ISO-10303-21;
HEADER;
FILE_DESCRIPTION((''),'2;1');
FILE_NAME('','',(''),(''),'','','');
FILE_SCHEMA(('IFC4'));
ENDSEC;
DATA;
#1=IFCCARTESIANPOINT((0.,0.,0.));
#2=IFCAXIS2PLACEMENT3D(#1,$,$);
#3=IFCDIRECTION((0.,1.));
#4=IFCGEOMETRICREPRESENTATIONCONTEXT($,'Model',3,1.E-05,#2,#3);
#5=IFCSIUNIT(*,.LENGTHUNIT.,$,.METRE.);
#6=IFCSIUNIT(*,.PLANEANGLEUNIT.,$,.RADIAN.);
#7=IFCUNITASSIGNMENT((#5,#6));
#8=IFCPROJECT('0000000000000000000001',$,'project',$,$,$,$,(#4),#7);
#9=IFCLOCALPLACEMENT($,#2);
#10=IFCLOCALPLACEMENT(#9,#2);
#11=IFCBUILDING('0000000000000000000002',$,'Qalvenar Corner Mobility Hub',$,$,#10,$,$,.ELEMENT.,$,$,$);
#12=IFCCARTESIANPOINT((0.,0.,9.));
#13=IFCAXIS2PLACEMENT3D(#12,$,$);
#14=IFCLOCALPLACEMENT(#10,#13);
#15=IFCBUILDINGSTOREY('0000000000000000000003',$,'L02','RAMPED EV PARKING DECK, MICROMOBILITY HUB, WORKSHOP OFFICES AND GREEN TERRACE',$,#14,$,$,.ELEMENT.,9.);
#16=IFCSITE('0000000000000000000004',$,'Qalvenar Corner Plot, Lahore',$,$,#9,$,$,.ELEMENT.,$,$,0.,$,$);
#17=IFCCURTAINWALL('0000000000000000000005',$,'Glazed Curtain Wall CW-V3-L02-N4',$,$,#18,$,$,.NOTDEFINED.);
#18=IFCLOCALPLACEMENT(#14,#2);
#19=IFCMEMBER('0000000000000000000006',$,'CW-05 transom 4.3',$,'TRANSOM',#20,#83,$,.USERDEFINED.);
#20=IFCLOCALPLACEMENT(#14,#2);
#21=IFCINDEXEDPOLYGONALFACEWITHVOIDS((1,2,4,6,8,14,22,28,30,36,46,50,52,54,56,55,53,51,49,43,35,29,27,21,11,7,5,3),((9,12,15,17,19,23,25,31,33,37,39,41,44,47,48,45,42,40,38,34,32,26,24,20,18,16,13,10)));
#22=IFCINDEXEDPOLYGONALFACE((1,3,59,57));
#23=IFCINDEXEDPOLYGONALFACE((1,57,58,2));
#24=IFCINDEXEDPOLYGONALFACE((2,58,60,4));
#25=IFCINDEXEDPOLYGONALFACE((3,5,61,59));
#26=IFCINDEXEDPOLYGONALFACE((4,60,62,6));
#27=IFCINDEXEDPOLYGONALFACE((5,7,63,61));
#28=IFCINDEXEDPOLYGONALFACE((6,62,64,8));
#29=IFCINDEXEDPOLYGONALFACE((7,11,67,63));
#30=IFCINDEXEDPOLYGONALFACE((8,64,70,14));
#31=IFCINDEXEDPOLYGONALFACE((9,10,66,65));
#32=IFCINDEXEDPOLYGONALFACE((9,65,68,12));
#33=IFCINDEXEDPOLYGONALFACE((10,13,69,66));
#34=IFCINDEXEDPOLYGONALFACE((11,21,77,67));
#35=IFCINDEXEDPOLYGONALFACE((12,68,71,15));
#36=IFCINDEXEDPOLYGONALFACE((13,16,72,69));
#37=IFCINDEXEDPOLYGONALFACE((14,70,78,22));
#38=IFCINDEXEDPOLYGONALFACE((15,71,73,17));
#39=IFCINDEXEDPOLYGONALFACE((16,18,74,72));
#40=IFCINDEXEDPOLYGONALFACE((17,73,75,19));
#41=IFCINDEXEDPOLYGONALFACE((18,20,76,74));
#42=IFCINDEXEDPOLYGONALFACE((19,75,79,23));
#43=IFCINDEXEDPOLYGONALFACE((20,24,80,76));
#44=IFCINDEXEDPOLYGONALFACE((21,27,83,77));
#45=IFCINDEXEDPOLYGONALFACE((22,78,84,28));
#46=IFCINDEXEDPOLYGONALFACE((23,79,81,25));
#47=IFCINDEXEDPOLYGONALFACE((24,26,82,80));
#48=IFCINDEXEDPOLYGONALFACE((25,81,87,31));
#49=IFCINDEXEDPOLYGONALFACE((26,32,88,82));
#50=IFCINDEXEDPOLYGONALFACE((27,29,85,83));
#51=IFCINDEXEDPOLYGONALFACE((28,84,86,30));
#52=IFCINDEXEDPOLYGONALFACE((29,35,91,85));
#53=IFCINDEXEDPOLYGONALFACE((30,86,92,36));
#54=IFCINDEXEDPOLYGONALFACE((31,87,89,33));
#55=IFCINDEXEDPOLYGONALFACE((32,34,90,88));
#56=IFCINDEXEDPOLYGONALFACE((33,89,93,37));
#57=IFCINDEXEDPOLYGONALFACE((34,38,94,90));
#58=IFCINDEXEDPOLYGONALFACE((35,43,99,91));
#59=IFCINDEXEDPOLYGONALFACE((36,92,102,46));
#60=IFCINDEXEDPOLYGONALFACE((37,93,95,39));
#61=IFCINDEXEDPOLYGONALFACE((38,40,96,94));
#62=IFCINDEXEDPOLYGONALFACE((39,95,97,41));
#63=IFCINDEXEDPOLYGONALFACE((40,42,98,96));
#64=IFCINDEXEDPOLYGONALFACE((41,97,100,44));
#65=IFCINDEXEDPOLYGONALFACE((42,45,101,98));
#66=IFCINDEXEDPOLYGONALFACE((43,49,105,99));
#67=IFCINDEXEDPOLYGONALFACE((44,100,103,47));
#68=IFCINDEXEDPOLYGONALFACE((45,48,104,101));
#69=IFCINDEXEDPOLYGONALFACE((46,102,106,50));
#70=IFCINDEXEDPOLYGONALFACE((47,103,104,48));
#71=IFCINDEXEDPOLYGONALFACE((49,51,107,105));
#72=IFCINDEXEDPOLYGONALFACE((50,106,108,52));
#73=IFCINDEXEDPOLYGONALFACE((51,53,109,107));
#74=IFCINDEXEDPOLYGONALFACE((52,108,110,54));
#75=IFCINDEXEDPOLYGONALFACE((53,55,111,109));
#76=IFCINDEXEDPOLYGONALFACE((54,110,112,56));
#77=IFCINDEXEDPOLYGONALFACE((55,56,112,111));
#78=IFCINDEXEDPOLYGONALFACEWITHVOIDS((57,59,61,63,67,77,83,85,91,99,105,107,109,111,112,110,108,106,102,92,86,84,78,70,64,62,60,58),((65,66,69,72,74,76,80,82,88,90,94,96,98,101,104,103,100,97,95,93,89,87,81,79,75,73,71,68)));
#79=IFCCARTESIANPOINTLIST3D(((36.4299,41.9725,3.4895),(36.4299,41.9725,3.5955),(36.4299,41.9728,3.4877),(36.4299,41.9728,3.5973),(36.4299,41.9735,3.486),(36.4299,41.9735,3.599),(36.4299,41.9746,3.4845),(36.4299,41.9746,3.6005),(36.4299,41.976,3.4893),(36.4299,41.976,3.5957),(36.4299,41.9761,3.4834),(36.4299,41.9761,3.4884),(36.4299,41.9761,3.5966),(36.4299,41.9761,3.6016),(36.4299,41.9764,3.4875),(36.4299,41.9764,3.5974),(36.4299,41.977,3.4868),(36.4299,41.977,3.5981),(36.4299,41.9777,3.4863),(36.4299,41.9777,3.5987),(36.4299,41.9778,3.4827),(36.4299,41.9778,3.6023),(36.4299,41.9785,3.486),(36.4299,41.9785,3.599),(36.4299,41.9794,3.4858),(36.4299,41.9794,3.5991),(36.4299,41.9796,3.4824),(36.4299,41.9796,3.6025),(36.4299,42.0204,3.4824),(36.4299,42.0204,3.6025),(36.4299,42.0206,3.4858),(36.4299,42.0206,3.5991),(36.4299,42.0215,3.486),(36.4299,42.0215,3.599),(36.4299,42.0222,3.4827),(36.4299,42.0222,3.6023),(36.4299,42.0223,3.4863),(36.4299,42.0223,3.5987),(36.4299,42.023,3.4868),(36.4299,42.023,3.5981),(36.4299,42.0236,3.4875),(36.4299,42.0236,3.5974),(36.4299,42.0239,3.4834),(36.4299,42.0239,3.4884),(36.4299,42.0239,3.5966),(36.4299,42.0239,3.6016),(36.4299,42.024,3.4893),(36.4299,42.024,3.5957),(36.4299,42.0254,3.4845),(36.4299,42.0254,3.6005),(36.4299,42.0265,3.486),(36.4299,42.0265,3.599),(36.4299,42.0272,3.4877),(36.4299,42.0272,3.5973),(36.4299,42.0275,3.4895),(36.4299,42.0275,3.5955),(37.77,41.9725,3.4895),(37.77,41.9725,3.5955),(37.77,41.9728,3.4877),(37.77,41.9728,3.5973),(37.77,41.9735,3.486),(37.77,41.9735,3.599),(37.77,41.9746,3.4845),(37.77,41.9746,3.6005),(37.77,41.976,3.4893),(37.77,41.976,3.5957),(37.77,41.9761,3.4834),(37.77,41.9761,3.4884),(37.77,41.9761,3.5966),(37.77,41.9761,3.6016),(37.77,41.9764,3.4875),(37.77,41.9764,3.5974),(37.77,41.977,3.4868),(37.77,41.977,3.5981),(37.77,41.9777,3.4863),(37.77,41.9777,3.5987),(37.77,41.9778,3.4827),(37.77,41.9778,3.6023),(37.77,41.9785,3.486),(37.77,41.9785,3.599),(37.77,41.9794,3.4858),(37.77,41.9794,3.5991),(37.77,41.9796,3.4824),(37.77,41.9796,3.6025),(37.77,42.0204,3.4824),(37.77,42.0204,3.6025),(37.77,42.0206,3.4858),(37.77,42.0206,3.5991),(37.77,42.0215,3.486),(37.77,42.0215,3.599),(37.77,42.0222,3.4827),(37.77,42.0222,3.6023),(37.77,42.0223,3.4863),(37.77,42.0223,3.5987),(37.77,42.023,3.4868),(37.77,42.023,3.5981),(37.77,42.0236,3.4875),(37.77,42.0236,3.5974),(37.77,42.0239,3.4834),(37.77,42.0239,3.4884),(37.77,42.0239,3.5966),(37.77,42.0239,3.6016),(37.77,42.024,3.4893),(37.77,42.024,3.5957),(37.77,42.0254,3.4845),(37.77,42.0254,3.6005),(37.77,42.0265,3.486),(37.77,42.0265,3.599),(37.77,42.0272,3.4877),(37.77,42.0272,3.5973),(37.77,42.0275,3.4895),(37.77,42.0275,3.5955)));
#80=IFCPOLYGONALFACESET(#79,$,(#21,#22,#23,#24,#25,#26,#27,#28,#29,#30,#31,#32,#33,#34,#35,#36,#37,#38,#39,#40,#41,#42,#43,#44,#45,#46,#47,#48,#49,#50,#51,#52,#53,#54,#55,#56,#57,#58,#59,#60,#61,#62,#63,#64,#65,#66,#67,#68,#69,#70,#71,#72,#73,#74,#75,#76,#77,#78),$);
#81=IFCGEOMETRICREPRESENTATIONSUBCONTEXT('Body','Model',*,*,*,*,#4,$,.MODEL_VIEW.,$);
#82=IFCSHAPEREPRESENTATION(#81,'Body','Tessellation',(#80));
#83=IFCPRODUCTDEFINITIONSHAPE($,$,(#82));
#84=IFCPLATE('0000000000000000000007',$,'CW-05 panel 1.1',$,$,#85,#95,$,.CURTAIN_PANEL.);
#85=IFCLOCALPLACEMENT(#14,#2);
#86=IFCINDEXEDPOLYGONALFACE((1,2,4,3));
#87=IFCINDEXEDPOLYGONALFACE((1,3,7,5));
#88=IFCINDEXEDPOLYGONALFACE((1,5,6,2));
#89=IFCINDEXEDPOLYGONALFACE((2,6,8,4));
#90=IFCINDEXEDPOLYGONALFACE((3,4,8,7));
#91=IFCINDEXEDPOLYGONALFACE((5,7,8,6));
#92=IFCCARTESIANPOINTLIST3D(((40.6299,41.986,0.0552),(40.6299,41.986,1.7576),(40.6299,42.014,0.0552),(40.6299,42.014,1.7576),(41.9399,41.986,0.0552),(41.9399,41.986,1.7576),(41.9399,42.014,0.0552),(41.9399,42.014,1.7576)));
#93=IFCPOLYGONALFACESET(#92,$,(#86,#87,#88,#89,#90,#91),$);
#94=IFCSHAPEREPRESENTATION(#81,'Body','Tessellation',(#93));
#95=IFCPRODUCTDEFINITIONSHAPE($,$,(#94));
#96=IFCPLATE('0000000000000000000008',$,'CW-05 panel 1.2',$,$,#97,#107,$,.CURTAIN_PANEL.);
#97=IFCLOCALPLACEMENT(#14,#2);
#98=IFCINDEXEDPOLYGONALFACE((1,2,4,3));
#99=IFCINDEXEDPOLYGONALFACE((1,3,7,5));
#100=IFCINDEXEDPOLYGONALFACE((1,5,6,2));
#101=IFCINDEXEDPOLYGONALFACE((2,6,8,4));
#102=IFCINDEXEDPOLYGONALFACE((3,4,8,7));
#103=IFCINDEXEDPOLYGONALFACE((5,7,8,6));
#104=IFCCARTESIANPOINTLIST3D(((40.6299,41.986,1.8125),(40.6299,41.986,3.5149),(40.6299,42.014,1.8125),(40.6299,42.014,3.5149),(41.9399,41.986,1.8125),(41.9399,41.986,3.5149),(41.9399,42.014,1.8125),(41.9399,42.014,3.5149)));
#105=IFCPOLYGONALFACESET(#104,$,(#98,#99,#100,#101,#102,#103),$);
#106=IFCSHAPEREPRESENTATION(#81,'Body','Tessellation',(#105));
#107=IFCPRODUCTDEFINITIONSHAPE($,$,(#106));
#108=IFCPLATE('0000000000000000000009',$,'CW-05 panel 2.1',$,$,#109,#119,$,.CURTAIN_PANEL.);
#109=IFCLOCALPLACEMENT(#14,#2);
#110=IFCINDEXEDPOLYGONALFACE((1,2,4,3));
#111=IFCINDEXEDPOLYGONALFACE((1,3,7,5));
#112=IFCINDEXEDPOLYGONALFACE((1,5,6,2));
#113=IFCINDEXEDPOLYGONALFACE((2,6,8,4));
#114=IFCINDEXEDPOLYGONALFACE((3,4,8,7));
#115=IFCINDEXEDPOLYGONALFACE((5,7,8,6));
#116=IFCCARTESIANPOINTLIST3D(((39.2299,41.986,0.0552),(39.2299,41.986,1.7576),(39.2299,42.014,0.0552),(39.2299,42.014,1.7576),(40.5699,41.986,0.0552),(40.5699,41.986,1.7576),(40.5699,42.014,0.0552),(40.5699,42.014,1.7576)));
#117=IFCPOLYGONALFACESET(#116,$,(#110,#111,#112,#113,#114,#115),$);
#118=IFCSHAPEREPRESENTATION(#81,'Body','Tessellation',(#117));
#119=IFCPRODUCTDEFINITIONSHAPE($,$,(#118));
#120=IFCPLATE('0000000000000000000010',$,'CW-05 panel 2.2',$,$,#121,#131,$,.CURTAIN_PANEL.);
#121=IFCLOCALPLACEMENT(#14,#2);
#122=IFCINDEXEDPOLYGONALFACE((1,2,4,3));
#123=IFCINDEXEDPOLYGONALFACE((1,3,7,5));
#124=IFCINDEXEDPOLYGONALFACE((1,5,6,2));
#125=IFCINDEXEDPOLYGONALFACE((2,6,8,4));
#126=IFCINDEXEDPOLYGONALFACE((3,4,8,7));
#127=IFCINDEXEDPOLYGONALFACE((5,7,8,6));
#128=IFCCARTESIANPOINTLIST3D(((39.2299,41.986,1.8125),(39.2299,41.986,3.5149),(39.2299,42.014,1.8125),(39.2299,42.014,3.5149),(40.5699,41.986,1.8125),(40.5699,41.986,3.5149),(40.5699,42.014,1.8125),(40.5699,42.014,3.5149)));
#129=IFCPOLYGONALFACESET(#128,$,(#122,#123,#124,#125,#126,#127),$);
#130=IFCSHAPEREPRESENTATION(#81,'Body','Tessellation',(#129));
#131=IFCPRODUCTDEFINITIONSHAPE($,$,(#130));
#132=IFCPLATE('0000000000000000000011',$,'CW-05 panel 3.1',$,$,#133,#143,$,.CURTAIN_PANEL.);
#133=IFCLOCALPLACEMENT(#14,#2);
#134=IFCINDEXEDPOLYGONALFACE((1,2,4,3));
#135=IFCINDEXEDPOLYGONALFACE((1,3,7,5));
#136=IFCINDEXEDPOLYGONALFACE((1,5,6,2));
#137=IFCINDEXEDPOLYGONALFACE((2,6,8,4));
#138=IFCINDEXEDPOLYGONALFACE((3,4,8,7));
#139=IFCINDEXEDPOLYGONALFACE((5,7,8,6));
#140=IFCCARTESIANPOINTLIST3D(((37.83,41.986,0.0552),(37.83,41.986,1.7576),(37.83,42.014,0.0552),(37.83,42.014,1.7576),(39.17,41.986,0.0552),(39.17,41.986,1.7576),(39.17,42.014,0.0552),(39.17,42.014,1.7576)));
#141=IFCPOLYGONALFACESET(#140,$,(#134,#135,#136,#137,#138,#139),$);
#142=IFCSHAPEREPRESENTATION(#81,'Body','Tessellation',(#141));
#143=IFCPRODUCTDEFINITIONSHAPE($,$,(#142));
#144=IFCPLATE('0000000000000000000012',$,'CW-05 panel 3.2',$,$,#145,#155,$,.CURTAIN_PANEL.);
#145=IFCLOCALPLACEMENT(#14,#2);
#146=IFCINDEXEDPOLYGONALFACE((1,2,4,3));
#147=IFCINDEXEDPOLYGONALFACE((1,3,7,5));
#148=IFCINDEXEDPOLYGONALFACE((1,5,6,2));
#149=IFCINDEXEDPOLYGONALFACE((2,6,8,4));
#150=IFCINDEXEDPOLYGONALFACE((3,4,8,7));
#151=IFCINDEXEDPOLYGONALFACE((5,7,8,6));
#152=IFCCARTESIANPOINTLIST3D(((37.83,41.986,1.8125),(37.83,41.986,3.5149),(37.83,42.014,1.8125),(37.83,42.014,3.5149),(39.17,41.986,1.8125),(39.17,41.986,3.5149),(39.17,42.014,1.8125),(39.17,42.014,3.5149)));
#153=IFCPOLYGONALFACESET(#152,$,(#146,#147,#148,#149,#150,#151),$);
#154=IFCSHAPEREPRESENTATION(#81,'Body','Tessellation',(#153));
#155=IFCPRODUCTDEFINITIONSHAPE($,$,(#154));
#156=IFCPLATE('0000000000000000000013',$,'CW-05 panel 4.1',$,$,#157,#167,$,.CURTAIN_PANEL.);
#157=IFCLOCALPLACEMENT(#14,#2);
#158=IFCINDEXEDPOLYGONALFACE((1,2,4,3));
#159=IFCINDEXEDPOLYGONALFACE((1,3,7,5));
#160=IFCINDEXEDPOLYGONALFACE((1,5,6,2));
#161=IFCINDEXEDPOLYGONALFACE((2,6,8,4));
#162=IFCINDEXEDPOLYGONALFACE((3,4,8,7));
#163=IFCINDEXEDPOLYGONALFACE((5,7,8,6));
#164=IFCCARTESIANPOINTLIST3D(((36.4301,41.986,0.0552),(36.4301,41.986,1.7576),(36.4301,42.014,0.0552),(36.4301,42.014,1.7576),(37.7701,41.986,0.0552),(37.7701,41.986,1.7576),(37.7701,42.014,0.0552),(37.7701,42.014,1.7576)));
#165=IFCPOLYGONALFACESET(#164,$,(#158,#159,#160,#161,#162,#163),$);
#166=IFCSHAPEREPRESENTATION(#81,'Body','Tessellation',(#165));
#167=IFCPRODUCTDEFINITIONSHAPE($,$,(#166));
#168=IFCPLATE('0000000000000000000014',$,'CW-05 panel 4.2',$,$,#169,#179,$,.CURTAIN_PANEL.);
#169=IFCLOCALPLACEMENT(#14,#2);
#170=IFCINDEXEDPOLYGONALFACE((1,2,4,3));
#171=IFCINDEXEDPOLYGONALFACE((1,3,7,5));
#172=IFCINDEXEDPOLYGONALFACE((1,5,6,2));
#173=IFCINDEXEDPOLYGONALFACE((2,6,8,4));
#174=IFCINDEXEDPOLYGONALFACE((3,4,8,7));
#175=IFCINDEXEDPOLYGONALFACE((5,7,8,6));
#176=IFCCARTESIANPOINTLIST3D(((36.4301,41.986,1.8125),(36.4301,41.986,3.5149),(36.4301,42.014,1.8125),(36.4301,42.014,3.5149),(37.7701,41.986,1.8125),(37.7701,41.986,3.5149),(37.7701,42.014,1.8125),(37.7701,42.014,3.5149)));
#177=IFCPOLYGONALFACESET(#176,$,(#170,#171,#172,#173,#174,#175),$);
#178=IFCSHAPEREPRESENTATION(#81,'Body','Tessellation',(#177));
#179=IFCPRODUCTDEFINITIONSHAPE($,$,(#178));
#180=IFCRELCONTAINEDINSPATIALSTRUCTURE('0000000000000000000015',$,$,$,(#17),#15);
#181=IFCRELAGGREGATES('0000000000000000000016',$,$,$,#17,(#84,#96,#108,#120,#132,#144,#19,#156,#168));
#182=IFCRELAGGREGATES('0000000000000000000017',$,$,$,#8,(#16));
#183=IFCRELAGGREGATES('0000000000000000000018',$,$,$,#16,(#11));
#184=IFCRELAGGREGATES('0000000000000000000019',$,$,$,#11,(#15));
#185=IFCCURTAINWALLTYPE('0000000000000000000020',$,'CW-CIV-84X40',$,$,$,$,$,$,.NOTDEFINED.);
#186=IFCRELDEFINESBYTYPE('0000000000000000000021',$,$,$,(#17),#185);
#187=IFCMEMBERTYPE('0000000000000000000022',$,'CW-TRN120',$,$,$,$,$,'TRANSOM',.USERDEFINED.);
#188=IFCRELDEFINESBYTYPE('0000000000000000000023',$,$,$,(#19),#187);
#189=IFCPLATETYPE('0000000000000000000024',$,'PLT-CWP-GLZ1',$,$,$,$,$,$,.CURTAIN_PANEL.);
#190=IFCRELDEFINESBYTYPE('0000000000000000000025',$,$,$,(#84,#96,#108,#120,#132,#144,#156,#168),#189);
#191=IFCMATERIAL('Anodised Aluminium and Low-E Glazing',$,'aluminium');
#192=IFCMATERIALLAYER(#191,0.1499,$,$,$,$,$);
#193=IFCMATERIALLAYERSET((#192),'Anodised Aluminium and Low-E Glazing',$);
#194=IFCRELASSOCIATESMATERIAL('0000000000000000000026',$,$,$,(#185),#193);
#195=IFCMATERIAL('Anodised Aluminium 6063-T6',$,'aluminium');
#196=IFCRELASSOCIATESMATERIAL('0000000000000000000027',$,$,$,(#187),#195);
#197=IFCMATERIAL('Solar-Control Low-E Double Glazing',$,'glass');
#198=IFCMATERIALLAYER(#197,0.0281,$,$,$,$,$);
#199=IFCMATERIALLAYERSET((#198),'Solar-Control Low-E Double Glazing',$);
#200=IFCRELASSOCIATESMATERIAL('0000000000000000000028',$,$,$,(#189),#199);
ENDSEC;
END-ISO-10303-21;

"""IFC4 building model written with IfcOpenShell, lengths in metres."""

from ifc_helpers import new_model, si_unit, direction, frame, origin, origin_2d, place, context, subcontext, project, spatial, rectangle, hollow_rectangle, extrude, material, layer, layer_set, material_profile, profile_set, type_object, element, aggregate, save


model = new_model("IFC4")

# Units and contexts
model_context = context("Model", 3, precision=1e-05, world=origin(), true_north=direction((0.0, 1.0)))
body_context = subcontext(model_context, "Body", "Model", "MODEL_VIEW")
ifc_project = project(units=[si_unit("LENGTHUNIT", "METRE"), si_unit("PLANEANGLEUNIT", "RADIAN")], contexts=[model_context])

# Site, building, storey
site_placement = place(None, origin())
site = spatial("IfcSite", under=ifc_project, at=site_placement, Name="Qalvenar Corner Plot, Lahore", CompositionType="ELEMENT", RefElevation=0.0)
building_placement = place(site_placement, origin())
building = spatial("IfcBuilding", under=site, at=building_placement, Name="Qalvenar Corner Mobility Hub", CompositionType="ELEMENT")
storey_placement = place(building_placement, frame((0.0, 0.0, 9.0)))
storey = spatial("IfcBuildingStorey", under=building, at=storey_placement, Name="L02", Description="RAMPED EV PARKING DECK, MICROMOBILITY HUB, WORKSHOP OFFICES AND GREEN TERRACE", CompositionType="ELEMENT", Elevation=9.0)

# Curtain wall, member, plates
ifc_material_1 = material(Name="Anodised Aluminium and Low-E Glazing", Category="aluminium")
ifc_layer_1 = layer(ifc_material_1, 0.1499)
ifc_layer_set_1 = layer_set([ifc_layer_1], Name="Anodised Aluminium and Low-E Glazing")
curtain_wall_type = type_object("IfcCurtainWallType", Name="CW-CIV-84X40", PredefinedType="NOTDEFINED", material=ifc_layer_set_1)
curtain_wall_placement = place(storey_placement, origin())
curtain_wall = element("IfcCurtainWall", 1, at=curtain_wall_placement, inside=storey, type_object=curtain_wall_type, Name="Glazed Curtain Wall CW-V3-L02-N4", PredefinedType="NOTDEFINED")
ifc_material_2 = material(Name="Anodised Aluminium 6063-T6", Category="aluminium")
ifc_material_profile_1 = material_profile(ifc_material_2, hollow_rectangle(XDim=0.0549, YDim=0.1201, WallThickness=0.0034, InnerFilletRadius=0.0034, OuterFilletRadius=0.0071, at=origin_2d()), Name="RHS120x55x3.5")
ifc_profile_set_1 = profile_set([ifc_material_profile_1], Name="Anodised Aluminium 6063-T6")
member_type_1 = type_object("IfcMemberType", Name="CW-TRN120", ElementType="TRANSOM", PredefinedType="USERDEFINED", material=ifc_profile_set_1)
member_1_placement = place(storey_placement, frame((37.77, 42.0, 3.5425), z_axis=(-1.0, 0.0, 0.0), x_axis=(0.0, -1.0, 0.0)))
member_1 = element("IfcMember", 2, at=member_1_placement, type_object=member_type_1, Name="CW-05 transom 4.3", ObjectType="TRANSOM", PredefinedType="USERDEFINED", context=body_context, shape_type="SweptSolid", body=[
    extrude(hollow_rectangle(XDim=0.0549, YDim=0.1201, WallThickness=0.0034, InnerFilletRadius=0.0034, OuterFilletRadius=0.0071, at=origin_2d()), origin(), (0.0, 0.0, 1.0), 1.3401),
])
ifc_material_3 = material(Name="Solar-Control Low-E Double Glazing", Category="glass")
ifc_layer_2 = layer(ifc_material_3, 0.0281)
ifc_layer_set_2 = layer_set([ifc_layer_2], Name="Solar-Control Low-E Double Glazing")
plate_type = type_object("IfcPlateType", Name="PLT-CWP-GLZ1", PredefinedType="CURTAIN_PANEL", material=ifc_layer_set_2)
plate_1_placement = place(storey_placement, frame((41.2849, 42.0, 0.0552), z_axis=(0.0, 0.0, 1.0), x_axis=(-1.0, 0.0, 0.0)))
plate_1 = element("IfcPlate", 3, at=plate_1_placement, type_object=plate_type, Name="CW-05 panel 1.1", PredefinedType="CURTAIN_PANEL", context=body_context, shape_type="SweptSolid", body=[
    extrude(rectangle(XDim=1.3101, YDim=0.0281, at=origin_2d()), origin(), (0.0, 0.0, 1.0), 1.7024),
])
plate_2_placement = place(storey_placement, frame((41.2849, 42.0, 1.8125), z_axis=(0.0, 0.0, 1.0), x_axis=(-1.0, 0.0, 0.0)))
plate_2 = element("IfcPlate", 4, at=plate_2_placement, type_object=plate_type, Name="CW-05 panel 1.2", PredefinedType="CURTAIN_PANEL", context=body_context, shape_type="SweptSolid", body=[
    extrude(rectangle(XDim=1.3101, YDim=0.0281, at=origin_2d()), origin(), (0.0, 0.0, 1.0), 1.7024),
])
plate_3_placement = place(storey_placement, frame((39.8999, 42.0, 0.0552), z_axis=(0.0, 0.0, 1.0), x_axis=(-1.0, 0.0, 0.0)))
plate_3 = element("IfcPlate", 5, at=plate_3_placement, type_object=plate_type, Name="CW-05 panel 2.1", PredefinedType="CURTAIN_PANEL", context=body_context, shape_type="SweptSolid", body=[
    extrude(rectangle(XDim=1.3401, YDim=0.0281, at=origin_2d()), origin(), (0.0, 0.0, 1.0), 1.7024),
])
plate_4_placement = place(storey_placement, frame((39.8999, 42.0, 1.8125), z_axis=(0.0, 0.0, 1.0), x_axis=(-1.0, 0.0, 0.0)))
plate_4 = element("IfcPlate", 6, at=plate_4_placement, type_object=plate_type, Name="CW-05 panel 2.2", PredefinedType="CURTAIN_PANEL", context=body_context, shape_type="SweptSolid", body=[
    extrude(rectangle(XDim=1.3401, YDim=0.0281, at=origin_2d()), origin(), (0.0, 0.0, 1.0), 1.7024),
])
plate_5_placement = place(storey_placement, frame((38.5, 42.0, 0.0552), z_axis=(0.0, 0.0, 1.0), x_axis=(-1.0, 0.0, 0.0)))
plate_5 = element("IfcPlate", 7, at=plate_5_placement, type_object=plate_type, Name="CW-05 panel 3.1", PredefinedType="CURTAIN_PANEL", context=body_context, shape_type="SweptSolid", body=[
    extrude(rectangle(XDim=1.3401, YDim=0.0281, at=origin_2d()), origin(), (0.0, 0.0, 1.0), 1.7024),
])
plate_6_placement = place(storey_placement, frame((38.5, 42.0, 1.8125), z_axis=(0.0, 0.0, 1.0), x_axis=(-1.0, 0.0, 0.0)))
plate_6 = element("IfcPlate", 8, at=plate_6_placement, type_object=plate_type, Name="CW-05 panel 3.2", PredefinedType="CURTAIN_PANEL", context=body_context, shape_type="SweptSolid", body=[
    extrude(rectangle(XDim=1.3401, YDim=0.0281, at=origin_2d()), origin(), (0.0, 0.0, 1.0), 1.7024),
])
plate_7_placement = place(storey_placement, frame((37.1001, 42.0, 0.0552), z_axis=(0.0, 0.0, 1.0), x_axis=(-1.0, 0.0, 0.0)))
plate_7 = element("IfcPlate", 9, at=plate_7_placement, type_object=plate_type, Name="CW-05 panel 4.1", PredefinedType="CURTAIN_PANEL", context=body_context, shape_type="SweptSolid", body=[
    extrude(rectangle(XDim=1.3401, YDim=0.0281, at=origin_2d()), origin(), (0.0, 0.0, 1.0), 1.7024),
])
plate_8_placement = place(storey_placement, frame((37.1001, 42.0, 1.8125), z_axis=(0.0, 0.0, 1.0), x_axis=(-1.0, 0.0, 0.0)))
plate_8 = element("IfcPlate", 10, at=plate_8_placement, type_object=plate_type, Name="CW-05 panel 4.2", PredefinedType="CURTAIN_PANEL", context=body_context, shape_type="SweptSolid", body=[
    extrude(rectangle(XDim=1.3401, YDim=0.0281, at=origin_2d()), origin(), (0.0, 0.0, 1.0), 1.7024),
])
aggregate(curtain_wall, [plate_1, plate_2, plate_3, plate_4, plate_5, plate_6, member_1, plate_7, plate_8])

save(model, "model.ifc")
